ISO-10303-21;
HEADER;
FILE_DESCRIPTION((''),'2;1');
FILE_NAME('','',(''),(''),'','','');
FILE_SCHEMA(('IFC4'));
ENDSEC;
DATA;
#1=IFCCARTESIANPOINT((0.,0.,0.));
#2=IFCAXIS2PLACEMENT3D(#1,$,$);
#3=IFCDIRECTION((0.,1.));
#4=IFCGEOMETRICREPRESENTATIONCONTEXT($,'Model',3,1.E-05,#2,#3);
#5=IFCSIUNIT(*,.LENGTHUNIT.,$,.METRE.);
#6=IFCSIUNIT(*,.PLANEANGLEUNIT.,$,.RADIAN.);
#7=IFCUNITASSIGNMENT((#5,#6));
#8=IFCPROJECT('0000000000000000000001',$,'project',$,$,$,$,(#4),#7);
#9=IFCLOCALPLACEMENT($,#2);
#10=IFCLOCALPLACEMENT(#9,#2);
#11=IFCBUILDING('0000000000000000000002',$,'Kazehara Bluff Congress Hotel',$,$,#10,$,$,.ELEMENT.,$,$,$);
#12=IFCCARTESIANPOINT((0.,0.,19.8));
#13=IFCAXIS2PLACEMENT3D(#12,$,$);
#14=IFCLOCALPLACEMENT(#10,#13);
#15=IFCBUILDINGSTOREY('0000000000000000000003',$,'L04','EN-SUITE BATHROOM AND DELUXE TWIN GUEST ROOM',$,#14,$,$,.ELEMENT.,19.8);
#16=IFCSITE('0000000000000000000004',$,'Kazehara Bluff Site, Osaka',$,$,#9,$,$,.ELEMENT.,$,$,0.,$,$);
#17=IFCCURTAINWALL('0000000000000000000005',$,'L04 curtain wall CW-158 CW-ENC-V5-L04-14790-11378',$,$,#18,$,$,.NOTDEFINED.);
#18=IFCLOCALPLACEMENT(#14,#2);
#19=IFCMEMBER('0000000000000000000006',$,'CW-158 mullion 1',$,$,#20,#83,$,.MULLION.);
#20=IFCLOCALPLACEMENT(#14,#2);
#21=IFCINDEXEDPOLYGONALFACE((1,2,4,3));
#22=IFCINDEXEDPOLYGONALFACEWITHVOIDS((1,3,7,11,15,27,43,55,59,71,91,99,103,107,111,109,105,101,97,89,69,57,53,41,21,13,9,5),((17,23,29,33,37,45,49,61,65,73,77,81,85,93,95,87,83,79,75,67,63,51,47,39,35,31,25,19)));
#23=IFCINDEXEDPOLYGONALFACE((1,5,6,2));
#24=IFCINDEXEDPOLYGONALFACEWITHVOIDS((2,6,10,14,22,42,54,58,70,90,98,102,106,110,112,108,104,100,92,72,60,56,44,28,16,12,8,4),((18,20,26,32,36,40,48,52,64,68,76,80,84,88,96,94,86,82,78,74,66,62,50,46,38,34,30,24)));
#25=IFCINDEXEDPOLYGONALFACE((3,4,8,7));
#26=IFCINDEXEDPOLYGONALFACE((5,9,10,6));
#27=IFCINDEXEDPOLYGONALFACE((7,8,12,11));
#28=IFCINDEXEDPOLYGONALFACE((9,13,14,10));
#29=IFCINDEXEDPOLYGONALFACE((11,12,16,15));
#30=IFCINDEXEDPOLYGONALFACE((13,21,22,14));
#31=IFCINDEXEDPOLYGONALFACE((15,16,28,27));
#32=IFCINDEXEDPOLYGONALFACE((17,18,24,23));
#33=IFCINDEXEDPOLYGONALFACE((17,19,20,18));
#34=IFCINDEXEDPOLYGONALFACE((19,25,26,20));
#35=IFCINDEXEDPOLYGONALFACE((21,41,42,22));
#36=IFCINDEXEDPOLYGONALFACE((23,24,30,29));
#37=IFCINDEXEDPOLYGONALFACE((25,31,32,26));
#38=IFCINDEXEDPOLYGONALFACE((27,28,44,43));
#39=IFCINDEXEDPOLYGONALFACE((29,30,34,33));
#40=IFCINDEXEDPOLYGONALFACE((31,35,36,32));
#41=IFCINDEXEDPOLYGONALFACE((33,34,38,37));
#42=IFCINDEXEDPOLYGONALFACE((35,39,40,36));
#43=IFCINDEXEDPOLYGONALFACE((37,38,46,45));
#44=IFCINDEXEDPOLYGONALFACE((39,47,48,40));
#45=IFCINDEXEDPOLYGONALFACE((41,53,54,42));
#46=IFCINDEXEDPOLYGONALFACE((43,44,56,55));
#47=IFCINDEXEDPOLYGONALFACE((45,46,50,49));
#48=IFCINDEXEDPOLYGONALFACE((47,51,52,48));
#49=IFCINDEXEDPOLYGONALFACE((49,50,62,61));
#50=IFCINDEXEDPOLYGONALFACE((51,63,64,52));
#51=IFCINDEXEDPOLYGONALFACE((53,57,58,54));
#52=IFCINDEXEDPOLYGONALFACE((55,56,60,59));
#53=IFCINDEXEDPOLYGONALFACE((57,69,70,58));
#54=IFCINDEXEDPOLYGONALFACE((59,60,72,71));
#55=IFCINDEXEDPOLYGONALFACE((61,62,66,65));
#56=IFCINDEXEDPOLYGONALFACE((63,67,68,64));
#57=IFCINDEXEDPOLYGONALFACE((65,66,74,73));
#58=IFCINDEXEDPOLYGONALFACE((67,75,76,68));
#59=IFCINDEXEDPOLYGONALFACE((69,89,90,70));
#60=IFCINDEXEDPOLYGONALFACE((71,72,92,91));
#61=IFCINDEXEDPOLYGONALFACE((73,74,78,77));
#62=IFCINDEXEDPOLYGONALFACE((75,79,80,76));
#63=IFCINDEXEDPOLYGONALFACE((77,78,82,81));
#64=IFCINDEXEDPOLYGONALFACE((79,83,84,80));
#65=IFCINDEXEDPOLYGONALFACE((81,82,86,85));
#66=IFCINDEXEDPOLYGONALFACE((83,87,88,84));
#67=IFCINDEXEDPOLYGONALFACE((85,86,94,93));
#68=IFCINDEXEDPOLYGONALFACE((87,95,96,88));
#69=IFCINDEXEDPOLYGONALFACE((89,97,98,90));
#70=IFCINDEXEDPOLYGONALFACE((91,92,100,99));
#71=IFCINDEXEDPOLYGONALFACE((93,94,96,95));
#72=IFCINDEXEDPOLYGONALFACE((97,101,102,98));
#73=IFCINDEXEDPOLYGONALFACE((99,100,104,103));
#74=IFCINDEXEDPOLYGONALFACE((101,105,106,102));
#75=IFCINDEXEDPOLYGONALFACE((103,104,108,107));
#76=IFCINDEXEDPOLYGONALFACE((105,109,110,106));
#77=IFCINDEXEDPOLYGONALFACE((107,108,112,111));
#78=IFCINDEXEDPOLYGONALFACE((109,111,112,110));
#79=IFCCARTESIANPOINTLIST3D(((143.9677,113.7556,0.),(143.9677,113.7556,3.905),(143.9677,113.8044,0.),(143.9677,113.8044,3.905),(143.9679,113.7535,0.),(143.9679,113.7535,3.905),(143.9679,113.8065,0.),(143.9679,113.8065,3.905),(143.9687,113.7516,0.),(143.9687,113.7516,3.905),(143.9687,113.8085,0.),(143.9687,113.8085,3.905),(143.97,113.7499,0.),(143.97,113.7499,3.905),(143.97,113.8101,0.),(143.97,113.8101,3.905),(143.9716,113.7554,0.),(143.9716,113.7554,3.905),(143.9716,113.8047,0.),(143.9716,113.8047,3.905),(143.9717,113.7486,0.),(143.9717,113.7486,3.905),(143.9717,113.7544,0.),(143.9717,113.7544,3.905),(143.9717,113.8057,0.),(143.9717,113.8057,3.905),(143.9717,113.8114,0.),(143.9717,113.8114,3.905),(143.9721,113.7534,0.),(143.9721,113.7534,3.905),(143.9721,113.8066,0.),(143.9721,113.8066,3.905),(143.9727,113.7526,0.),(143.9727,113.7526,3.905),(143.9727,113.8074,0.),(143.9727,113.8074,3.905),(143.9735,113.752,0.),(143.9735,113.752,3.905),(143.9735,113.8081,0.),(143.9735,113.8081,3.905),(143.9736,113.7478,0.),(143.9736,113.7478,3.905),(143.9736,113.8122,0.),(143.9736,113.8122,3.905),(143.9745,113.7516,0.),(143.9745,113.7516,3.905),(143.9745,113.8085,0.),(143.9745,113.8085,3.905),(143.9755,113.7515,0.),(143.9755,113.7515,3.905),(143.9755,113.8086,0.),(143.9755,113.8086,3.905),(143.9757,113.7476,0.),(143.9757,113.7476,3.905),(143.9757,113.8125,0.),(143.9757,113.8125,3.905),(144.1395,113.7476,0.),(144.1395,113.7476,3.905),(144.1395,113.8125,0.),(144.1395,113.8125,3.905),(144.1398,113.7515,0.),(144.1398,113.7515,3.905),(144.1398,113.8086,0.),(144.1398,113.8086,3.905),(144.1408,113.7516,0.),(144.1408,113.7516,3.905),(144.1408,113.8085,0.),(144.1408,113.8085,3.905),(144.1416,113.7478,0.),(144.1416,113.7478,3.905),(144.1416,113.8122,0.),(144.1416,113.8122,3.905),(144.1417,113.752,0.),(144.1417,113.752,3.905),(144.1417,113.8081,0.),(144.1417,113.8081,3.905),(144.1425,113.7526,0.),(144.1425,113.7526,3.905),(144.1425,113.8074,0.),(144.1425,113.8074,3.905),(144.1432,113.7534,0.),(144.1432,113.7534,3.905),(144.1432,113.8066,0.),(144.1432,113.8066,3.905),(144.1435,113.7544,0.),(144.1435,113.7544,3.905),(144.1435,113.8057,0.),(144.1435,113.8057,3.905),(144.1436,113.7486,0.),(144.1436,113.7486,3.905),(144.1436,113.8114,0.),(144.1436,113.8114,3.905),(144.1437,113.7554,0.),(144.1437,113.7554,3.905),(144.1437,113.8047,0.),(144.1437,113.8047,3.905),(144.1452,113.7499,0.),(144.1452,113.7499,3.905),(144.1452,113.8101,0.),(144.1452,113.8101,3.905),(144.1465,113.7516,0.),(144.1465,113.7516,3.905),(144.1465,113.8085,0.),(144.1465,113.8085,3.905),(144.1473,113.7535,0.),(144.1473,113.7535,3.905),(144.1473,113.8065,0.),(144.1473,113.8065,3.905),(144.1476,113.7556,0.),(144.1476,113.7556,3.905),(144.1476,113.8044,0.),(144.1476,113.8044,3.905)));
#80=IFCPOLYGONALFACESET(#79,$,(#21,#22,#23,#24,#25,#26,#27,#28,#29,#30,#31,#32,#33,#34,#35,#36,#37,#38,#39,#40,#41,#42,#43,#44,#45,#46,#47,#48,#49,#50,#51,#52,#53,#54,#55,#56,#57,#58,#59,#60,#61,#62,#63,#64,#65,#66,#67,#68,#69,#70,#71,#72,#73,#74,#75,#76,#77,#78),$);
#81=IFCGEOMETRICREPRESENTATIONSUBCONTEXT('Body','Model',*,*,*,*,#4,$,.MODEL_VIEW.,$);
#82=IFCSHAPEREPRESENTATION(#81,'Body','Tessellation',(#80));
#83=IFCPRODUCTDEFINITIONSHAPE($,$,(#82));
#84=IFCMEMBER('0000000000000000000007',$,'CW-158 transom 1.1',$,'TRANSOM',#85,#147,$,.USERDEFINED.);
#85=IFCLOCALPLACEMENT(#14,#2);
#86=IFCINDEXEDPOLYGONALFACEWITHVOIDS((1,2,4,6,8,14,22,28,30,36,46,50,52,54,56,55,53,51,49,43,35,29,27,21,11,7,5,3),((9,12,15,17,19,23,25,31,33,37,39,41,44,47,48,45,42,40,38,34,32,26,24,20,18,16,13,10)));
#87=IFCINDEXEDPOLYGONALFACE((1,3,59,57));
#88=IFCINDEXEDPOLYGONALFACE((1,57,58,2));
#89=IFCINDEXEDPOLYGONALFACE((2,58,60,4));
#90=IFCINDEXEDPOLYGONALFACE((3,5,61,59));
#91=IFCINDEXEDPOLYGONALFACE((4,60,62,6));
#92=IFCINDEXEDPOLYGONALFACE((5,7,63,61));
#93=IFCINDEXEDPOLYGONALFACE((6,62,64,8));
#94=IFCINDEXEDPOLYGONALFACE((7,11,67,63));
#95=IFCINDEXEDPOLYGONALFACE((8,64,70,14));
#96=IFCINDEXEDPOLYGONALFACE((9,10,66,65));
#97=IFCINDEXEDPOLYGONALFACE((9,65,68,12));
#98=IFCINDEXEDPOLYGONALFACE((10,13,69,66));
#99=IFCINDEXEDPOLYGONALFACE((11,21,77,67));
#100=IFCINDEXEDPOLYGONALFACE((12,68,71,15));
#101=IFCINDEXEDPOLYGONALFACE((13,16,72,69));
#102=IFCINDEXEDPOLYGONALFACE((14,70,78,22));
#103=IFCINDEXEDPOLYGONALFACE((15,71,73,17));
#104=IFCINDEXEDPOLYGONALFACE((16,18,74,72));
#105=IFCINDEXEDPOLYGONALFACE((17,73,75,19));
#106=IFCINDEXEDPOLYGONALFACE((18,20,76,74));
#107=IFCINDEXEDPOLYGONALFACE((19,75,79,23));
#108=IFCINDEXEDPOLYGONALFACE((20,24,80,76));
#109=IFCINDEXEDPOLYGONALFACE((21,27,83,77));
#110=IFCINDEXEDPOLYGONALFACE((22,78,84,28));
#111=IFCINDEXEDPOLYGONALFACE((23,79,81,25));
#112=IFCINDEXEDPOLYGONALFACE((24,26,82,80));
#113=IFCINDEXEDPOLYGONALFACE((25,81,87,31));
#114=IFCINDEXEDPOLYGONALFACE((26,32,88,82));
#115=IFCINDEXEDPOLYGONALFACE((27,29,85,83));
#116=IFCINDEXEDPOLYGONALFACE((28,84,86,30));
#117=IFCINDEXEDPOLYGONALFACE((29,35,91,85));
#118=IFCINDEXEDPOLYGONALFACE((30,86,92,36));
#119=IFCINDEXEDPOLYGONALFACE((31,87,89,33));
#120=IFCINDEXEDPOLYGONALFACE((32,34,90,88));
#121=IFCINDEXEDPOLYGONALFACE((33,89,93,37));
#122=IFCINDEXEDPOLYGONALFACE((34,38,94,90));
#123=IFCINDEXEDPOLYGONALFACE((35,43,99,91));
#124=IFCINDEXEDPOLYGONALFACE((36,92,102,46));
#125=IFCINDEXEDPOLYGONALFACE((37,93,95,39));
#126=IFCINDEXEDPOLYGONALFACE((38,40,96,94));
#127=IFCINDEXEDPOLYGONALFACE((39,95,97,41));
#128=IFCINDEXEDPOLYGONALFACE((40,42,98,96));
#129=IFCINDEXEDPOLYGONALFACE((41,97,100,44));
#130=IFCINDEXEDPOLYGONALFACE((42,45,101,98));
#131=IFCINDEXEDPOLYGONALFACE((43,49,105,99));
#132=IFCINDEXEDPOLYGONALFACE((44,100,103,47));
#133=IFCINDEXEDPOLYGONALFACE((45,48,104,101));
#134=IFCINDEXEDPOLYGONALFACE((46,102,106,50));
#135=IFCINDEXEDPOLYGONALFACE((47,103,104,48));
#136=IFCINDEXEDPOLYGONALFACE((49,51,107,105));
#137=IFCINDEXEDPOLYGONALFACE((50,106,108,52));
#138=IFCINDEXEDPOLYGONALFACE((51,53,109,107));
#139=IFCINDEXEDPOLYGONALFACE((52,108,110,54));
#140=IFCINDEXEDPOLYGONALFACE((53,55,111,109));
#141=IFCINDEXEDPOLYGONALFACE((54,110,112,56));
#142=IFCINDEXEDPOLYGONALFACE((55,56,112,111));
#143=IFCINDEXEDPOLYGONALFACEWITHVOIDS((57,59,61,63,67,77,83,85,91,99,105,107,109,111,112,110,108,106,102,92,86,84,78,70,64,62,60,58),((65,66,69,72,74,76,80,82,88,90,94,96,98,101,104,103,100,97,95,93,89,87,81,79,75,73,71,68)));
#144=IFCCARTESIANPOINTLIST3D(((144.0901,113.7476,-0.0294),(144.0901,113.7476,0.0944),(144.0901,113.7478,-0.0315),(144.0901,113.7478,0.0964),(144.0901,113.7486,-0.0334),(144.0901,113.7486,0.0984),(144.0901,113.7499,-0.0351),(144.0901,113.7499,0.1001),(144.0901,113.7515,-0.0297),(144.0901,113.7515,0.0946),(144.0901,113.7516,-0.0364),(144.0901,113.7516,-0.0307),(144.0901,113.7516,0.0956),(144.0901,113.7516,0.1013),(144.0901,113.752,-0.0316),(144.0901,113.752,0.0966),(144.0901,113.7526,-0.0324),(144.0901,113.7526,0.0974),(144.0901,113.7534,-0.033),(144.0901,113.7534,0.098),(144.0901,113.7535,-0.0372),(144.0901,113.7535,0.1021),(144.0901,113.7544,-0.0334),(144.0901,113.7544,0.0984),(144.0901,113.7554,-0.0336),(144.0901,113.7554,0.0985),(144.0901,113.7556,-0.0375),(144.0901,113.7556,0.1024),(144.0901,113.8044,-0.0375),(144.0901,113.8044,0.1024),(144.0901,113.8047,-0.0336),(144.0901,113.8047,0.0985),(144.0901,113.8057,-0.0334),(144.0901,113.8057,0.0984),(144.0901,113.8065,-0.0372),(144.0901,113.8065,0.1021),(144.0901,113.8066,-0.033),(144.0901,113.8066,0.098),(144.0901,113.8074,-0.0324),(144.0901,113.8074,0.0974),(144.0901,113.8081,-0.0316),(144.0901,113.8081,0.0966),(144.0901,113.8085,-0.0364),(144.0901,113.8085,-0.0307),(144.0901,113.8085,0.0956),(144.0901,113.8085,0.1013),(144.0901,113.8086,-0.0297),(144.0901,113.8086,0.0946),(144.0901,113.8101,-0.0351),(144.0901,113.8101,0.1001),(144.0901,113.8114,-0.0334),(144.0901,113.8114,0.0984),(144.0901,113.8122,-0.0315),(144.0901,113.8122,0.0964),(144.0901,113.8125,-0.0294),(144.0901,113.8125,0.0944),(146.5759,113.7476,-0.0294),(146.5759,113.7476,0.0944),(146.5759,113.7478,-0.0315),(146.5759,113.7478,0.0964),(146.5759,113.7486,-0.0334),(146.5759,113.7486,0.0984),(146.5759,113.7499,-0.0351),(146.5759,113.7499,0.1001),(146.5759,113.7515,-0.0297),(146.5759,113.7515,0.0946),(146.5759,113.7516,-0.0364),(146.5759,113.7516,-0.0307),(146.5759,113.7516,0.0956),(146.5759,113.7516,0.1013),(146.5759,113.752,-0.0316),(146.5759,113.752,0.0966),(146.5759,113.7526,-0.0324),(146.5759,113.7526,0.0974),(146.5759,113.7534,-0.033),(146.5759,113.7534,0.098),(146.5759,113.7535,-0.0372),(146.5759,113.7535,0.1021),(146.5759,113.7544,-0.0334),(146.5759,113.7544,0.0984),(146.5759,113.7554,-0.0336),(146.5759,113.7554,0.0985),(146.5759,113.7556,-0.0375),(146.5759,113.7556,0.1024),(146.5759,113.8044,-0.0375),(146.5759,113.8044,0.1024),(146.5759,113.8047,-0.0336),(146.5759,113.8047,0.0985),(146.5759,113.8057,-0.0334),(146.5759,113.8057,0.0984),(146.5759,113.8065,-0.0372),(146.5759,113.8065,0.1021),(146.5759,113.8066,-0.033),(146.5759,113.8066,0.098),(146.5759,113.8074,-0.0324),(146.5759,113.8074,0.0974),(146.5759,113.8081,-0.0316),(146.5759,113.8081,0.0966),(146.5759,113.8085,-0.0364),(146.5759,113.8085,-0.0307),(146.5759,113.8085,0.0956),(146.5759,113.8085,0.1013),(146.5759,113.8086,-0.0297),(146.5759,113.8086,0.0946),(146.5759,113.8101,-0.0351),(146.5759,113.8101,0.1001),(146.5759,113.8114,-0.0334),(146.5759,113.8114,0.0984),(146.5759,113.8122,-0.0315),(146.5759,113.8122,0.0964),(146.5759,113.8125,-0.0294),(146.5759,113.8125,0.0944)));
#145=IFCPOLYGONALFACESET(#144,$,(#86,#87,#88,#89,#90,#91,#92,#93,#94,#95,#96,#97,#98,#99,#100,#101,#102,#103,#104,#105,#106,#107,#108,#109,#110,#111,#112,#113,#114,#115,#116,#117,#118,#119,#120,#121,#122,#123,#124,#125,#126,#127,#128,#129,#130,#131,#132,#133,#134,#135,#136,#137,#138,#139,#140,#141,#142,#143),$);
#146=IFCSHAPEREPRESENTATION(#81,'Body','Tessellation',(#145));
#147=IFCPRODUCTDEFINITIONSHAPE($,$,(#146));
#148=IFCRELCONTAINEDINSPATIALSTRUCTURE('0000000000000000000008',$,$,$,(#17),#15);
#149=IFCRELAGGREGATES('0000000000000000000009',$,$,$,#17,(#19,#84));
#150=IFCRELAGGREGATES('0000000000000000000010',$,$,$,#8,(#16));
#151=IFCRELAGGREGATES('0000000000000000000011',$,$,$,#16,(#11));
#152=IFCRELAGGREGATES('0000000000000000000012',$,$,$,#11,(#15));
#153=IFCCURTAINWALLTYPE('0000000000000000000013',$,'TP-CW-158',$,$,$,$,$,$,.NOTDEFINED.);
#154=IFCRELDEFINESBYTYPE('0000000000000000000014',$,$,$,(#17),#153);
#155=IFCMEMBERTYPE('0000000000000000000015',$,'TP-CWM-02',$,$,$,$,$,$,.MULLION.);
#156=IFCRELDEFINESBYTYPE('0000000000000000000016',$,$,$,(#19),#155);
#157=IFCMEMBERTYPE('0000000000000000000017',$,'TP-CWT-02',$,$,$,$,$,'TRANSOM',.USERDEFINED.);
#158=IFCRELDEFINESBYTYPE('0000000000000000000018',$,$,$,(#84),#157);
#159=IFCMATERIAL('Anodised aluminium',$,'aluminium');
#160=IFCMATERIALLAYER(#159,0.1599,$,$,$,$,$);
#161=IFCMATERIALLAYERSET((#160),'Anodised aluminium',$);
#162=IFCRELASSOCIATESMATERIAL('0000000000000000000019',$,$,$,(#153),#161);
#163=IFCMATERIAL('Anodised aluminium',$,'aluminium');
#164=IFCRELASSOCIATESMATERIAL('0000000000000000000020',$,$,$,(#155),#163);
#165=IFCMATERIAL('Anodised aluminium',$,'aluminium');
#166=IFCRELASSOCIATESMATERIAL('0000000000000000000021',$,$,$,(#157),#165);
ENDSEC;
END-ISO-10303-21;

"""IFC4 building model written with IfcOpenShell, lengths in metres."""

from ifc_helpers import new_model, si_unit, direction, frame, origin, origin_2d, place, context, subcontext, project, spatial, hollow_rectangle, extrude, material, layer, layer_set, material_profile, profile_set, type_object, element, aggregate, save


model = new_model("IFC4")

# Units and contexts
model_context = context("Model", 3, precision=1e-05, world=origin(), true_north=direction((0.0, 1.0)))
body_context = subcontext(model_context, "Body", "Model", "MODEL_VIEW")
ifc_project = project(units=[si_unit("LENGTHUNIT", "METRE"), si_unit("PLANEANGLEUNIT", "RADIAN")], contexts=[model_context])

# Site, building, storey
site_placement = place(None, origin())
site = spatial("IfcSite", under=ifc_project, at=site_placement, Name="Kazehara Bluff Site, Osaka", CompositionType="ELEMENT", RefElevation=0.0)
building_placement = place(site_placement, origin())
building = spatial("IfcBuilding", under=site, at=building_placement, Name="Kazehara Bluff Congress Hotel", CompositionType="ELEMENT")
storey_placement = place(building_placement, frame((0.0, 0.0, 19.8)))
storey = spatial("IfcBuildingStorey", under=building, at=storey_placement, Name="L04", Description="EN-SUITE BATHROOM AND DELUXE TWIN GUEST ROOM", CompositionType="ELEMENT", Elevation=19.8)

# Curtain wall, members
ifc_material_1 = material(Name="Anodised aluminium", Category="aluminium")
ifc_layer_1 = layer(ifc_material_1, 0.1599)
ifc_layer_set_1 = layer_set([ifc_layer_1], Name="Anodised aluminium")
curtain_wall_type = type_object("IfcCurtainWallType", Name="TP-CW-158", PredefinedType="NOTDEFINED", material=ifc_layer_set_1)
curtain_wall_placement = place(storey_placement, origin())
curtain_wall = element("IfcCurtainWall", 1, at=curtain_wall_placement, inside=storey, type_object=curtain_wall_type, Name="L04 curtain wall CW-158 CW-ENC-V5-L04-14790-11378", PredefinedType="NOTDEFINED")
ifc_material_2 = material(Name="Anodised aluminium", Category="aluminium")
ifc_material_profile_1 = material_profile(ifc_material_2, hollow_rectangle(XDim=0.0649, YDim=0.1799, WallThickness=0.0039, InnerFilletRadius=0.0039, OuterFilletRadius=0.0081, at=origin_2d()))
ifc_profile_set_1 = profile_set([ifc_material_profile_1], Name="Anodised aluminium")
member_type_1 = type_object("IfcMemberType", Name="TP-CWM-02", PredefinedType="MULLION", material=ifc_profile_set_1)
member_1_placement = place(storey_placement, frame((144.0576, 113.78, 0.0), z_axis=(0.0, 0.0, 1.0), x_axis=(0.0, 1.0, 0.0)))
member_1 = element("IfcMember", 2, at=member_1_placement, type_object=member_type_1, Name="CW-158 mullion 1", PredefinedType="MULLION", context=body_context, shape_type="SweptSolid", body=[
    extrude(hollow_rectangle(XDim=0.0649, YDim=0.1799, WallThickness=0.0039, InnerFilletRadius=0.0039, OuterFilletRadius=0.0081, at=origin_2d()), origin(), (0.0, 0.0, 1.0), 3.905),
])
ifc_material_3 = material(Name="Anodised aluminium", Category="aluminium")
ifc_material_profile_2 = material_profile(ifc_material_3, hollow_rectangle(XDim=0.0649, YDim=0.1399, WallThickness=0.0039, InnerFilletRadius=0.0039, OuterFilletRadius=0.0081, at=origin_2d()))
ifc_profile_set_2 = profile_set([ifc_material_profile_2], Name="Anodised aluminium")
member_type_2 = type_object("IfcMemberType", Name="TP-CWT-02", ElementType="TRANSOM", PredefinedType="USERDEFINED", material=ifc_profile_set_2)
member_2_placement = place(storey_placement, frame((144.0901, 113.78, 0.0325), z_axis=(1.0, 0.0, 0.0), x_axis=(0.0, 1.0, 0.0)))
member_2 = element("IfcMember", 3, at=member_2_placement, type_object=member_type_2, Name="CW-158 transom 1.1", ObjectType="TRANSOM", PredefinedType="USERDEFINED", context=body_context, shape_type="SweptSolid", body=[
    extrude(hollow_rectangle(XDim=0.0649, YDim=0.1399, WallThickness=0.0039, InnerFilletRadius=0.0039, OuterFilletRadius=0.0081, at=origin_2d()), origin(), (0.0, 0.0, 1.0), 2.4858),
])
aggregate(curtain_wall, [member_1, member_2])

save(model, "model.ifc")
